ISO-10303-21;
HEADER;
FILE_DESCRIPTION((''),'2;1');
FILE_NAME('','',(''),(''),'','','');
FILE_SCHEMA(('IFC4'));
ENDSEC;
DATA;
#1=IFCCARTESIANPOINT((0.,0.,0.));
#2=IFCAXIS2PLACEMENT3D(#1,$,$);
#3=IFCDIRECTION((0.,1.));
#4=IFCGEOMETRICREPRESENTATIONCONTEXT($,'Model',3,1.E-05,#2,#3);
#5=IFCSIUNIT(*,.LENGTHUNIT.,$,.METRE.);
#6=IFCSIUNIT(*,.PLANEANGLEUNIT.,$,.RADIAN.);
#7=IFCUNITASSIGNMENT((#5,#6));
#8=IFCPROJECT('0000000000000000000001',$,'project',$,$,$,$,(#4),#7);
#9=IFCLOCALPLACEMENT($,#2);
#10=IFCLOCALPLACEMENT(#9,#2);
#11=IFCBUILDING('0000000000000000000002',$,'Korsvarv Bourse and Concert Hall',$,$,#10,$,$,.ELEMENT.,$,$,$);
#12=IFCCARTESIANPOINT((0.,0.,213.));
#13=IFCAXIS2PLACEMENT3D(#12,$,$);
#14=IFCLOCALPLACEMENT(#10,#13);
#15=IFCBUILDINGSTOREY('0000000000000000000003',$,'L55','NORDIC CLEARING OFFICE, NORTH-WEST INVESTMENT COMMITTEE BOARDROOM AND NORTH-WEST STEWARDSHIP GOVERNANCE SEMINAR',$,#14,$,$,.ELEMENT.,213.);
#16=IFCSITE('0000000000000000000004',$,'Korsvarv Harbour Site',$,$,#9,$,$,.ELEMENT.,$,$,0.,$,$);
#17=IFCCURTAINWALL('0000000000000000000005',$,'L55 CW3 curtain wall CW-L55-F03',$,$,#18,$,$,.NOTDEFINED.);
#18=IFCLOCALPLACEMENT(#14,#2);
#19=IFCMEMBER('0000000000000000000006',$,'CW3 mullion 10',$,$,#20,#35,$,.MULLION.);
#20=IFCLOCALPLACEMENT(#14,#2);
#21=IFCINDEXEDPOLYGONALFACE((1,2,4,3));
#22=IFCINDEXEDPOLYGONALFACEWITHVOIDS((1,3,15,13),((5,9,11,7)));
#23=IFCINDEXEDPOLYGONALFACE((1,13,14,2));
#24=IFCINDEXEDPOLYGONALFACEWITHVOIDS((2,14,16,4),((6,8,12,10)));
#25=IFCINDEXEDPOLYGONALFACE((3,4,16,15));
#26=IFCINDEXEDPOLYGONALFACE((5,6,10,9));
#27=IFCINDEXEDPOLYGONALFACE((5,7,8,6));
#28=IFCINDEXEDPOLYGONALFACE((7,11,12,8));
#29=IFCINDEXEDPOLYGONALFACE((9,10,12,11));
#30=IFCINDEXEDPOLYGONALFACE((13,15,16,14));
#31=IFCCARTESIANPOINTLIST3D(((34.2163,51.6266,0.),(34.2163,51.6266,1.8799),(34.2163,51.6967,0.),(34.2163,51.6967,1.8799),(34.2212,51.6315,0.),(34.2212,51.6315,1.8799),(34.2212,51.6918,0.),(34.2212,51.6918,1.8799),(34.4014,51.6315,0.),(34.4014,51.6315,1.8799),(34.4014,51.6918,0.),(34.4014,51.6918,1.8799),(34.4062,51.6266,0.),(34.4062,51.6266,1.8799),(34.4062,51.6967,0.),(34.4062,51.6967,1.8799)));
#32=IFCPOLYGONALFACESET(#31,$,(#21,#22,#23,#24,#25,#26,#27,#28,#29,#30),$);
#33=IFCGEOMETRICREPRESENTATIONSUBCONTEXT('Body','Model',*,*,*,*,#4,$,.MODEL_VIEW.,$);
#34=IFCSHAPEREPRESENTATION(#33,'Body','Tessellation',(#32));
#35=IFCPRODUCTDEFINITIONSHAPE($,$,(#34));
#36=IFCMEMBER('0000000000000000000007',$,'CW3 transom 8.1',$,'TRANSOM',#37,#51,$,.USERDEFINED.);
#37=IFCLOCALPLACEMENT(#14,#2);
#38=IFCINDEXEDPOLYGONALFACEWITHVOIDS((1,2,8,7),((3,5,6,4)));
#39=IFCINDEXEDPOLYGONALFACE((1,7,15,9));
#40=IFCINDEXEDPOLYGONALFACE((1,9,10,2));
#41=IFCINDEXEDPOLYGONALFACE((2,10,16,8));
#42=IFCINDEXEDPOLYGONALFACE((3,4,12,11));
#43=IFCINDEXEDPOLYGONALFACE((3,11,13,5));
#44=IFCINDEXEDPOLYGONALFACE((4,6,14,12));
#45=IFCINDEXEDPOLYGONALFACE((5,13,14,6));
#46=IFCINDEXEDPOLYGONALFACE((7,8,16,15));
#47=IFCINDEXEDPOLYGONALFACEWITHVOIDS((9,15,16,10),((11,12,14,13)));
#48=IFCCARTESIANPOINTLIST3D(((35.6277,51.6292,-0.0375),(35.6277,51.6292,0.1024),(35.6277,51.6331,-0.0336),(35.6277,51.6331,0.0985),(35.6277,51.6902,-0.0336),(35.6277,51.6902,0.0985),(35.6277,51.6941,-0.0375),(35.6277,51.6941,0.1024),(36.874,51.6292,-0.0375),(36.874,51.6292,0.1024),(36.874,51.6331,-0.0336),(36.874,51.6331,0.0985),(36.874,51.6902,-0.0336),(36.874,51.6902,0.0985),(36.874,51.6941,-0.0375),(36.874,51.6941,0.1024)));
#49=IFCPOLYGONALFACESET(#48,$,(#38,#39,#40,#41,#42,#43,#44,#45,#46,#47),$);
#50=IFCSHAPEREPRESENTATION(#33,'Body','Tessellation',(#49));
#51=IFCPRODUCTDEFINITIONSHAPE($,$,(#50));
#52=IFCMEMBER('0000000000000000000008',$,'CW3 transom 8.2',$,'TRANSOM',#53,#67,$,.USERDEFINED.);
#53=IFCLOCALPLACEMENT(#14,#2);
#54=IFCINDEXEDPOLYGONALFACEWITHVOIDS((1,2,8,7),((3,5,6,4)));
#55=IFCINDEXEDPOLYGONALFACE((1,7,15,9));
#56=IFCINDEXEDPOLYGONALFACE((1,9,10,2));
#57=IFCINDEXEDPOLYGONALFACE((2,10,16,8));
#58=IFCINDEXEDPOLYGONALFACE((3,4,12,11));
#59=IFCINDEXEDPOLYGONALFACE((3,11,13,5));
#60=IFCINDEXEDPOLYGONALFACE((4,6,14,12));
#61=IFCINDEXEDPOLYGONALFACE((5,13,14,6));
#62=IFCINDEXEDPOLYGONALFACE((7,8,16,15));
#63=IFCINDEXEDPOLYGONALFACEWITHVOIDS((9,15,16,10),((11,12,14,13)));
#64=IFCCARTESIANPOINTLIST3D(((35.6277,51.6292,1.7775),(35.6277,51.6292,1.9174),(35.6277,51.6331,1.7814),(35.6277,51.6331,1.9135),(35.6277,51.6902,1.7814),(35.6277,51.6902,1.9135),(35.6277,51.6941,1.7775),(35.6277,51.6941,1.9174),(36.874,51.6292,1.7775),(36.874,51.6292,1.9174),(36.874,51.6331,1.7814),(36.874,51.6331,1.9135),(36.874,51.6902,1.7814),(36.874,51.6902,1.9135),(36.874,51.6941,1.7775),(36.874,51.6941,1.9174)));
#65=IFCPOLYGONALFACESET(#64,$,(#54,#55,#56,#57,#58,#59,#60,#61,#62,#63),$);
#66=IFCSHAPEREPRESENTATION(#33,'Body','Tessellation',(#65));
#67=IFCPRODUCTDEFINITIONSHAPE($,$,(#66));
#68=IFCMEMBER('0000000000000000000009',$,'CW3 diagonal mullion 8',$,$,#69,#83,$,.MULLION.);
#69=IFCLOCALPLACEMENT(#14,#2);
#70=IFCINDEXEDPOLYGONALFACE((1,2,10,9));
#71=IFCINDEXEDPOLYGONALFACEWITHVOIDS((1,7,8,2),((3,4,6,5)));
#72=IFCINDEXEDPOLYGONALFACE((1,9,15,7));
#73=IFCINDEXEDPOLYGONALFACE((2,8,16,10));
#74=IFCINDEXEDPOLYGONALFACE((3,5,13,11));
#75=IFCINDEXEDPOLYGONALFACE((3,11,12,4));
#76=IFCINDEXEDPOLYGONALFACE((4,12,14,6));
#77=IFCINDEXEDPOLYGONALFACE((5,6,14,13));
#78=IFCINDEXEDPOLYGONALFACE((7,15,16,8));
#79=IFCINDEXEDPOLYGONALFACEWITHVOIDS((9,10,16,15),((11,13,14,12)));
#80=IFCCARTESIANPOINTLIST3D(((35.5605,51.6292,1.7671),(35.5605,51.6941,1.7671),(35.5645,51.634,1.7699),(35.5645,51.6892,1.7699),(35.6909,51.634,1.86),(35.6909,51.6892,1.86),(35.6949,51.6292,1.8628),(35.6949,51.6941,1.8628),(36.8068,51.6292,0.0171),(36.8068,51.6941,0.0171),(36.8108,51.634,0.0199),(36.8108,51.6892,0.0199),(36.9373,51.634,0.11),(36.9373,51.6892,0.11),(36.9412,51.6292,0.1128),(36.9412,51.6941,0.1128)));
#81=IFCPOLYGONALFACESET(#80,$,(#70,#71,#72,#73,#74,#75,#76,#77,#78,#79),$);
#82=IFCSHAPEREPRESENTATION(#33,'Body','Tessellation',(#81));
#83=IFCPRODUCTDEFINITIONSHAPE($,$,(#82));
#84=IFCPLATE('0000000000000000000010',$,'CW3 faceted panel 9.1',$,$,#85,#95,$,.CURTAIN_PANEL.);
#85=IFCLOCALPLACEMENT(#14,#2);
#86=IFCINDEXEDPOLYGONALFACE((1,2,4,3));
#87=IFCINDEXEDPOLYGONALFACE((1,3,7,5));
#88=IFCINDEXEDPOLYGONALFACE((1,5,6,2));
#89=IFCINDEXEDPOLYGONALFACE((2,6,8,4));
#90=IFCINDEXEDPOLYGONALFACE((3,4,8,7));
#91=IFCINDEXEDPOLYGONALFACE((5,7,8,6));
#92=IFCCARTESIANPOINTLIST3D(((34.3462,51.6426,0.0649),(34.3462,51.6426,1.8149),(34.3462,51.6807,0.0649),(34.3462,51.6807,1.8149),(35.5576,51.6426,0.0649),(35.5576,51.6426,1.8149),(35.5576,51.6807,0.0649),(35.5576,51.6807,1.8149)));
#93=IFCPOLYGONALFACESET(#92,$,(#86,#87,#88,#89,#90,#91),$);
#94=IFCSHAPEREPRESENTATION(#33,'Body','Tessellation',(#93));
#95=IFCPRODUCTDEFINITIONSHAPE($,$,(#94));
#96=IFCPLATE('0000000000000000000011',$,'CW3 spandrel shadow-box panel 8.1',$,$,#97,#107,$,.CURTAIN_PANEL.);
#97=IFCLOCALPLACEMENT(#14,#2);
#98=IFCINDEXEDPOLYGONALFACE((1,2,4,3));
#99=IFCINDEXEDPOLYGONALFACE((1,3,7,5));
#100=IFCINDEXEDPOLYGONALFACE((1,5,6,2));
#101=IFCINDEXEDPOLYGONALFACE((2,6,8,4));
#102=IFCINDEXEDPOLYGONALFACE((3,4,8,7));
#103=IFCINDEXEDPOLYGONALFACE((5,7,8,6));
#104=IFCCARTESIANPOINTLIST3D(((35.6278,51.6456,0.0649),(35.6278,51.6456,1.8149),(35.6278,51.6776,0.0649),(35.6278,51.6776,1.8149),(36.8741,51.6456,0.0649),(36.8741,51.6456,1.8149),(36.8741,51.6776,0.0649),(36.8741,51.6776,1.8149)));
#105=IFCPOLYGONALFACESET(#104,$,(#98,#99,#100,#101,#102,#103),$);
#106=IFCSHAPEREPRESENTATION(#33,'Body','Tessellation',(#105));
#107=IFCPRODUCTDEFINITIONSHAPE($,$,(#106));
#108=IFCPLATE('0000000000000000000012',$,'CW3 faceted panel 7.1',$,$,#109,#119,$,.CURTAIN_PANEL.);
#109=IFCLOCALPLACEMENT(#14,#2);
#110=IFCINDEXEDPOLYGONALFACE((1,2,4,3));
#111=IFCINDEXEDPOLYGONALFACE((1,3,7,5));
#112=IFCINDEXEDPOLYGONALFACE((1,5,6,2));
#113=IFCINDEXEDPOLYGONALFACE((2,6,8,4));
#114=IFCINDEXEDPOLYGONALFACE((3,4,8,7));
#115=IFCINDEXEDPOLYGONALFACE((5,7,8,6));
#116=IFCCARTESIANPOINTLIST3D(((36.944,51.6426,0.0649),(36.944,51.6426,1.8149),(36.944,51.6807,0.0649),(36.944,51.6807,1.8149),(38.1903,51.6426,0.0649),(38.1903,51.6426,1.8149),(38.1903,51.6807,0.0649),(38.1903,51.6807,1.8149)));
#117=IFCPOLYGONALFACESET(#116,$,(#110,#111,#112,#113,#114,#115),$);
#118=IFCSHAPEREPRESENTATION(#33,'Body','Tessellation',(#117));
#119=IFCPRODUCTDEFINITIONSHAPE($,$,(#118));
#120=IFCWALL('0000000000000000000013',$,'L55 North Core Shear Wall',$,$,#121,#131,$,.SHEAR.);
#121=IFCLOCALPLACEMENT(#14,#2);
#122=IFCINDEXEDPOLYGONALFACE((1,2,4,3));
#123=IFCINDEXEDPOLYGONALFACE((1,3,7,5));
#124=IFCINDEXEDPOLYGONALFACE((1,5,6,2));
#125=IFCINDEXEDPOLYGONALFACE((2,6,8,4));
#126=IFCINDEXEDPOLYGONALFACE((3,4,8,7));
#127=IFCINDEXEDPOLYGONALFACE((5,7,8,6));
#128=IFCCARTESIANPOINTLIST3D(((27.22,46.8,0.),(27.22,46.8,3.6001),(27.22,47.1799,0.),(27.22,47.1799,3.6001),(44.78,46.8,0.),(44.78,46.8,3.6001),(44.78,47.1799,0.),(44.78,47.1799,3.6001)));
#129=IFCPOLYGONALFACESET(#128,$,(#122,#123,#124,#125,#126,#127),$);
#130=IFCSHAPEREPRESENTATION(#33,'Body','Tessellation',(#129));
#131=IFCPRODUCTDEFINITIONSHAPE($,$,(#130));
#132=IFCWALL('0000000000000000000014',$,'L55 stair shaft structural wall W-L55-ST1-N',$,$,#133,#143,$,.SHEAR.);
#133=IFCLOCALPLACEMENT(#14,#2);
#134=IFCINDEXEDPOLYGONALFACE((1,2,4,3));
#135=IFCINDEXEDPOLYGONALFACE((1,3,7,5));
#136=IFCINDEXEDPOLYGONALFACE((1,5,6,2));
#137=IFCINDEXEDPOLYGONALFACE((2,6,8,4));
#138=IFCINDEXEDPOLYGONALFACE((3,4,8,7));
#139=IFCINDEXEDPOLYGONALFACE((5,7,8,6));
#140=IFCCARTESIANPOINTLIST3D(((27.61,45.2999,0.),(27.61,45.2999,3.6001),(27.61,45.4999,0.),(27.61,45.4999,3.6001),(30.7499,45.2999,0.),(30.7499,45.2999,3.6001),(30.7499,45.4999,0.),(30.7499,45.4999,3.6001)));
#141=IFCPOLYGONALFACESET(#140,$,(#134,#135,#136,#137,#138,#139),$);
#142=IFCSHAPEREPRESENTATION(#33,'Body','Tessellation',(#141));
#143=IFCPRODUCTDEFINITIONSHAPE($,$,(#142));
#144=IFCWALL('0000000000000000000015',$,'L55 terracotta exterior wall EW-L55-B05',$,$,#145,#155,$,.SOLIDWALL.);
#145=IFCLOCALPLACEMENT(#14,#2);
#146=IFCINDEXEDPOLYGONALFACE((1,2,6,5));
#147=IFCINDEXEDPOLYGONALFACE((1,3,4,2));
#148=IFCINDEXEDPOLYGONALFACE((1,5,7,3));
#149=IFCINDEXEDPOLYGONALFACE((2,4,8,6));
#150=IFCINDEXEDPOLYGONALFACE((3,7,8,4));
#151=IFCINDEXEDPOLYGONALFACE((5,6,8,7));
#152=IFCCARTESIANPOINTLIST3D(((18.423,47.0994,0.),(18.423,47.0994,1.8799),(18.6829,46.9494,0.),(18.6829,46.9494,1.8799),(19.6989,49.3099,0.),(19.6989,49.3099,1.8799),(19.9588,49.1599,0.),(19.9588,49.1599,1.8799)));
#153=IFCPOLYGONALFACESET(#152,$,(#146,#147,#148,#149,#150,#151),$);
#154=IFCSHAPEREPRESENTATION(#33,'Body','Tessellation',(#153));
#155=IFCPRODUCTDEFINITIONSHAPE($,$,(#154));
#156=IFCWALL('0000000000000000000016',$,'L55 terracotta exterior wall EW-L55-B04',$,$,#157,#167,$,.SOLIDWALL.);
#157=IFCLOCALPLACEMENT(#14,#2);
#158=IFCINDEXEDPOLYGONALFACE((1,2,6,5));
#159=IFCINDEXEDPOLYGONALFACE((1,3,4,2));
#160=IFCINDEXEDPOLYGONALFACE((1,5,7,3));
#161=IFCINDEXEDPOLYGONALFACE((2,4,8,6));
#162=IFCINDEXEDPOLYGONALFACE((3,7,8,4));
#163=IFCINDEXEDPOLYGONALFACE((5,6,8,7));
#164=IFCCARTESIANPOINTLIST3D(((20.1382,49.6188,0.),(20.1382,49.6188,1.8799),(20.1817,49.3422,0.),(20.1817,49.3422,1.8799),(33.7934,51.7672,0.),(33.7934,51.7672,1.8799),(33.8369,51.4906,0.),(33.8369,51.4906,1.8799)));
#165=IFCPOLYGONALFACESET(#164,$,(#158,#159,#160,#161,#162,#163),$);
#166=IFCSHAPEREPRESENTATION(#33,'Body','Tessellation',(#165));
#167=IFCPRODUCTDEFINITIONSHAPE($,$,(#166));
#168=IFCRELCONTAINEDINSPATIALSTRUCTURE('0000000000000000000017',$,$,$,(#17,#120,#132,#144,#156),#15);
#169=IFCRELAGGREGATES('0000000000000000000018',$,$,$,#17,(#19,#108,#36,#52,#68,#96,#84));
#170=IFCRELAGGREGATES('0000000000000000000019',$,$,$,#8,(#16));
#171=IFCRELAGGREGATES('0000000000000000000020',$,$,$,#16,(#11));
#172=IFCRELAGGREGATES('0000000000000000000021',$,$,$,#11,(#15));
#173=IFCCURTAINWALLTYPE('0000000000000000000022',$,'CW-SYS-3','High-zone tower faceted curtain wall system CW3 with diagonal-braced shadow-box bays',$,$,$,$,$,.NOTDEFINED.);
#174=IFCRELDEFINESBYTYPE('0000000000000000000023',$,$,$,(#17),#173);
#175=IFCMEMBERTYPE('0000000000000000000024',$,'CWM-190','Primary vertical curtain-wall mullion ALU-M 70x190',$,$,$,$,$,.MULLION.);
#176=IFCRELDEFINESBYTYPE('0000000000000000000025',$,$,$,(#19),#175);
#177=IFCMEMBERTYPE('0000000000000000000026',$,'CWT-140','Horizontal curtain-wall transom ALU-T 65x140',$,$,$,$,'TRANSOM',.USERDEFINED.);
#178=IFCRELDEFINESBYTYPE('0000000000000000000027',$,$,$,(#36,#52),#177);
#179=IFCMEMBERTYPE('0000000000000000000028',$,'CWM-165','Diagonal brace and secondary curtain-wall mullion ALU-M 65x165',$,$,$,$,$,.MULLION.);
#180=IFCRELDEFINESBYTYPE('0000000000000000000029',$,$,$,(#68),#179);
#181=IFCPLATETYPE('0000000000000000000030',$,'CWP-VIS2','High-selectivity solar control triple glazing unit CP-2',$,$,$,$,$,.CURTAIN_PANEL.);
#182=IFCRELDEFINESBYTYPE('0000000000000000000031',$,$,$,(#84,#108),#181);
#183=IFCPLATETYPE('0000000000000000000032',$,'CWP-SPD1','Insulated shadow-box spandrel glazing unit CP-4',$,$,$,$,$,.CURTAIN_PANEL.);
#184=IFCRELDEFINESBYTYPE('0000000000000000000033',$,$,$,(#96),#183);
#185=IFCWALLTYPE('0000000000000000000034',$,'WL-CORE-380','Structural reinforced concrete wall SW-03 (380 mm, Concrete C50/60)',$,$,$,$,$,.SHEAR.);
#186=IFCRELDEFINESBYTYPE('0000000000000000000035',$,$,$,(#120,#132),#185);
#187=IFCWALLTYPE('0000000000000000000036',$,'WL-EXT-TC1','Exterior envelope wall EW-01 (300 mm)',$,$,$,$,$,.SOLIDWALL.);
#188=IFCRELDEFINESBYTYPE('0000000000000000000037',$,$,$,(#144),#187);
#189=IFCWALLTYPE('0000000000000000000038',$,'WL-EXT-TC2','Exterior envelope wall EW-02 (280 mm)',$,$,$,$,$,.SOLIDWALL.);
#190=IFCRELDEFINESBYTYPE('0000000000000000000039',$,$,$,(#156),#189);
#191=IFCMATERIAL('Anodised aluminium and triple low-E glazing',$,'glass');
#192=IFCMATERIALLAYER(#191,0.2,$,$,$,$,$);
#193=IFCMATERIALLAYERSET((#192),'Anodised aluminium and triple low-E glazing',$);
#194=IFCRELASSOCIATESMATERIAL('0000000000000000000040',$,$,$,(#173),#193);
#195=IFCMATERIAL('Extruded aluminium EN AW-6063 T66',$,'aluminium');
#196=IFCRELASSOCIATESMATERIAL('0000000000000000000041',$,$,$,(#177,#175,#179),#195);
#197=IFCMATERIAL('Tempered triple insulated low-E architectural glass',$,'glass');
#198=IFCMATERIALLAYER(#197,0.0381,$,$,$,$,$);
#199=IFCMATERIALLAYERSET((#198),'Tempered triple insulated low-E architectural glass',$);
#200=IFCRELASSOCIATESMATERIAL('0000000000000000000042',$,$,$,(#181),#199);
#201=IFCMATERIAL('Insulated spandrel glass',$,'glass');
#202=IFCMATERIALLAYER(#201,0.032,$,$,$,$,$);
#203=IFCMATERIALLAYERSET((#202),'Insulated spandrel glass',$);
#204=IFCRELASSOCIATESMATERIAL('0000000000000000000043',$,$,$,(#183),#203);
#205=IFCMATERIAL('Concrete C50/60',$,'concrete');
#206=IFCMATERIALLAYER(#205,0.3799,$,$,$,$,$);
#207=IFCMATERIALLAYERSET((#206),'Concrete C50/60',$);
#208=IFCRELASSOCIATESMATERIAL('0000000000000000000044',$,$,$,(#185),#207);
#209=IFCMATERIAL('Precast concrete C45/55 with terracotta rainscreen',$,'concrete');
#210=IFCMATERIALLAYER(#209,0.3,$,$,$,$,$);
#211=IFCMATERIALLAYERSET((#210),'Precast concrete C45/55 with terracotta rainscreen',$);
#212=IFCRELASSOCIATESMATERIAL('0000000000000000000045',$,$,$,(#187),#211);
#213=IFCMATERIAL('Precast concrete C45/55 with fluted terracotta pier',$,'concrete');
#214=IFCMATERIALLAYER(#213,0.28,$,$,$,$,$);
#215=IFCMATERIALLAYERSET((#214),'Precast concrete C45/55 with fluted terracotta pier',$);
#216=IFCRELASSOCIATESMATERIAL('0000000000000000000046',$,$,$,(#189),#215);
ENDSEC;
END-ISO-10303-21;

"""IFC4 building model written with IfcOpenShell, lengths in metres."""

from ifc_helpers import new_model, si_unit, direction, frame, frame_2d, origin, origin_2d, place, context, subcontext, project, spatial, rectangle, hollow_rectangle, extrude, source, transform, mapped, material, layer, layer_set, material_profile, profile_set, type_object, element, aggregate, save


model = new_model("IFC4")

# Units and contexts
model_context = context("Model", 3, precision=1e-05, world=origin(), true_north=direction((0.0, 1.0)))
body_context = subcontext(model_context, "Body", "Model", "MODEL_VIEW")
ifc_project = project(units=[si_unit("LENGTHUNIT", "METRE"), si_unit("PLANEANGLEUNIT", "RADIAN")], contexts=[model_context])

# Site, building, storey
site_placement = place(None, origin())
site = spatial("IfcSite", under=ifc_project, at=site_placement, Name="Korsvarv Harbour Site", CompositionType="ELEMENT", RefElevation=0.0)
building_placement = place(site_placement, origin())
building = spatial("IfcBuilding", under=site, at=building_placement, Name="Korsvarv Bourse and Concert Hall", CompositionType="ELEMENT")
storey_placement = place(building_placement, frame((0.0, 0.0, 213.0)))
storey = spatial("IfcBuildingStorey", under=building, at=storey_placement, Name="L55", Description="NORDIC CLEARING OFFICE, NORTH-WEST INVESTMENT COMMITTEE BOARDROOM AND NORTH-WEST STEWARDSHIP GOVERNANCE SEMINAR", CompositionType="ELEMENT", Elevation=213.0)

# Shared definitions
ifc_material_1 = material(Name="Concrete C50/60", Category="concrete")

# Curtain wall, members, plates
ifc_material_2 = material(Name="Anodised aluminium and triple low-E glazing", Category="glass")
ifc_layer_1 = layer(ifc_material_2, 0.2)
ifc_layer_set_1 = layer_set([ifc_layer_1], Name="Anodised aluminium and triple low-E glazing")
curtain_wall_type = type_object("IfcCurtainWallType", Name="CW-SYS-3", Description="High-zone tower faceted curtain wall system CW3 with diagonal-braced shadow-box bays", PredefinedType="NOTDEFINED", material=ifc_layer_set_1)
curtain_wall_placement = place(storey_placement, origin())
curtain_wall = element("IfcCurtainWall", 1, at=curtain_wall_placement, inside=storey, type_object=curtain_wall_type, Name="L55 CW3 curtain wall CW-L55-F03", PredefinedType="NOTDEFINED")
ifc_material_3 = material(Name="Extruded aluminium EN AW-6063 T66", Category="aluminium")
ifc_material_profile_1 = material_profile(ifc_material_3, hollow_rectangle(XDim=0.0649, YDim=0.1399, WallThickness=0.0039, at=origin_2d()), Name="ALU-T 65x140")
ifc_profile_set_1 = profile_set([ifc_material_profile_1], Name="Extruded aluminium EN AW-6063 T66")
member_type_1 = type_object("IfcMemberType", Name="CWT-140", Description="Horizontal curtain-wall transom ALU-T 65x140", ElementType="TRANSOM", PredefinedType="USERDEFINED", material=ifc_profile_set_1)
ifc_material_profile_2 = material_profile(ifc_material_3, hollow_rectangle(XDim=0.0701, YDim=0.1899, WallThickness=0.0049, at=origin_2d()), Name="ALU-M 70x190")
ifc_profile_set_2 = profile_set([ifc_material_profile_2], Name="Extruded aluminium EN AW-6063 T66")
member_type_2 = type_object("IfcMemberType", Name="CWM-190", Description="Primary vertical curtain-wall mullion ALU-M 70x190", PredefinedType="MULLION", material=ifc_profile_set_2)
shared_shape_1 = source(origin(), body_context, "Body", "SweptSolid", [
    extrude(hollow_rectangle(XDim=0.0701, YDim=0.1899, WallThickness=0.0049, at=origin_2d()), origin(), (0.0, 0.0, 1.0), 1.8799),
])
member_1_placement = place(storey_placement, frame((34.3113, 51.6616, 0.0), z_axis=(0.0, 0.0, 1.0), x_axis=(0.0, -1.0, 0.0)))
member_1 = element("IfcMember", 2, at=member_1_placement, type_object=member_type_2, Name="CW3 mullion 10", PredefinedType="MULLION", context=body_context, shape_type="MappedRepresentation", body=[
    mapped(shared_shape_1, transform((0.0, 0.0, 0.0), scale=1.0)),
])
shared_shape_2 = source(origin(), body_context, "Body", "SweptSolid", [
    extrude(hollow_rectangle(XDim=0.0649, YDim=0.1399, WallThickness=0.0039, at=origin_2d()), origin(), (0.0, 0.0, 1.0), 1.2463),
])
member_2_placement = place(storey_placement, frame((36.874, 51.6616, 0.0325), z_axis=(-1.0, 0.0, 0.0), x_axis=(0.0, -1.0, 0.0)))
member_2 = element("IfcMember", 3, at=member_2_placement, type_object=member_type_1, Name="CW3 transom 8.1", ObjectType="TRANSOM", PredefinedType="USERDEFINED", context=body_context, shape_type="MappedRepresentation", body=[
    mapped(shared_shape_2, transform((0.0, 0.0, 0.0), scale=1.0)),
])
member_3_placement = place(storey_placement, frame((36.874, 51.6616, 1.8474), z_axis=(-1.0, 0.0, 0.0), x_axis=(0.0, -1.0, 0.0)))
member_3 = element("IfcMember", 4, at=member_3_placement, type_object=member_type_1, Name="CW3 transom 8.2", ObjectType="TRANSOM", PredefinedType="USERDEFINED", context=body_context, shape_type="MappedRepresentation", body=[
    mapped(shared_shape_2, transform((0.0, 0.0, 0.0), scale=1.0)),
])
ifc_material_profile_3 = material_profile(ifc_material_3, hollow_rectangle(XDim=0.0649, YDim=0.165, WallThickness=0.0049, at=origin_2d()), Name="ALU-M 65x165")
ifc_profile_set_3 = profile_set([ifc_material_profile_3], Name="Extruded aluminium EN AW-6063 T66")
member_type_3 = type_object("IfcMemberType", Name="CWM-165", Description="Diagonal brace and secondary curtain-wall mullion ALU-M 65x165", PredefinedType="MULLION", material=ifc_profile_set_3)
shared_shape_3 = source(origin(), body_context, "Body", "SweptSolid", [
    extrude(hollow_rectangle(XDim=0.0649, YDim=0.165, WallThickness=0.0049, at=origin_2d()), origin(), (0.0, 0.0, 1.0), 2.1484),
])
member_4_placement = place(storey_placement, frame((36.874, 51.6616, 0.0649), z_axis=(-0.580109, 0.0, 0.814539), x_axis=(0.0, -1.0, 0.0)))
member_4 = element("IfcMember", 5, at=member_4_placement, type_object=member_type_3, Name="CW3 diagonal mullion 8", PredefinedType="MULLION", context=body_context, shape_type="MappedRepresentation", body=[
    mapped(shared_shape_3, transform((0.0, 0.0, 0.0), scale=1.0)),
])
ifc_material_4 = material(Name="Tempered triple insulated low-E architectural glass", Category="glass")
ifc_layer_2 = layer(ifc_material_4, 0.0381)
ifc_layer_set_2 = layer_set([ifc_layer_2], Name="Tempered triple insulated low-E architectural glass")
plate_type_1 = type_object("IfcPlateType", Name="CWP-VIS2", Description="High-selectivity solar control triple glazing unit CP-2", PredefinedType="CURTAIN_PANEL", material=ifc_layer_set_2)
shared_shape_4 = source(origin(), body_context, "Body", "SweptSolid", [
    extrude(rectangle(XDim=1.2114, YDim=0.0381, at=origin_2d()), origin(), (0.0, 0.0, 1.0), 1.75),
])
plate_1_placement = place(storey_placement, frame((34.9519, 51.6616, 0.0649), z_axis=(0.0, 0.0, 1.0), x_axis=(-1.0, 0.0, 0.0)))
plate_1 = element("IfcPlate", 6, at=plate_1_placement, type_object=plate_type_1, Name="CW3 faceted panel 9.1", PredefinedType="CURTAIN_PANEL", context=body_context, shape_type="MappedRepresentation", body=[
    mapped(shared_shape_4, transform((0.0, 0.0, 0.0), scale=1.0)),
])
ifc_material_5 = material(Name="Insulated spandrel glass", Category="glass")
ifc_layer_3 = layer(ifc_material_5, 0.032)
ifc_layer_set_3 = layer_set([ifc_layer_3], Name="Insulated spandrel glass")
plate_type_2 = type_object("IfcPlateType", Name="CWP-SPD1", Description="Insulated shadow-box spandrel glazing unit CP-4", PredefinedType="CURTAIN_PANEL", material=ifc_layer_set_3)
shared_shape_5 = source(origin(), body_context, "Body", "SweptSolid", [
    extrude(rectangle(XDim=1.2463, YDim=0.032, at=origin_2d()), origin(), (0.0, 0.0, 1.0), 1.75),
])
plate_2_placement = place(storey_placement, frame((36.251, 51.6616, 0.0649), z_axis=(0.0, 0.0, 1.0), x_axis=(-1.0, 0.0, 0.0)))
plate_2 = element("IfcPlate", 7, at=plate_2_placement, type_object=plate_type_2, Name="CW3 spandrel shadow-box panel 8.1", PredefinedType="CURTAIN_PANEL", context=body_context, shape_type="MappedRepresentation", body=[
    mapped(shared_shape_5, transform((0.0, 0.0, 0.0), scale=1.0)),
])
shared_shape_6 = source(origin(), body_context, "Body", "SweptSolid", [
    extrude(rectangle(XDim=1.2463, YDim=0.0381, at=origin_2d()), origin(), (0.0, 0.0, 1.0), 1.75),
])
plate_3_placement = place(storey_placement, frame((37.5671, 51.6616, 0.0649), z_axis=(0.0, 0.0, 1.0), x_axis=(-1.0, 0.0, 0.0)))
plate_3 = element("IfcPlate", 8, at=plate_3_placement, type_object=plate_type_1, Name="CW3 faceted panel 7.1", PredefinedType="CURTAIN_PANEL", context=body_context, shape_type="MappedRepresentation", body=[
    mapped(shared_shape_6, transform((0.0, 0.0, 0.0), scale=1.0)),
])
aggregate(curtain_wall, [member_1, plate_3, member_2, member_3, member_4, plate_2, plate_1])

# Walls
ifc_layer_4 = layer(ifc_material_1, 0.3799)
ifc_layer_set_4 = layer_set([ifc_layer_4], Name="Concrete C50/60")
wall_type_1 = type_object("IfcWallType", Name="WL-CORE-380", Description="Structural reinforced concrete wall SW-03 (380 mm, Concrete C50/60)", PredefinedType="SHEAR", material=ifc_layer_set_4)
wall_1_placement = place(storey_placement, frame((27.22, 46.99, 0.0), z_axis=(0.0, 0.0, 1.0), x_axis=(1.0, 0.0, 0.0)))
element("IfcWall", 9, at=wall_1_placement, inside=storey, type_object=wall_type_1, Name="L55 North Core Shear Wall", PredefinedType="SHEAR", context=body_context, shape_type="SweptSolid", body=[
    extrude(rectangle(XDim=17.5601, YDim=0.3799, at=frame_2d((8.78, 0.0))), origin(), (0.0, 0.0, 1.0), 3.6001),
])
wall_2_placement = place(storey_placement, frame((27.6101, 45.3999, 0.0), z_axis=(0.0, 0.0, 1.0), x_axis=(1.0, 0.0, 0.0)))
element("IfcWall", 10, at=wall_2_placement, inside=storey, type_object=wall_type_1, Name="L55 stair shaft structural wall W-L55-ST1-N", PredefinedType="SHEAR", context=body_context, shape_type="SweptSolid", body=[
    extrude(rectangle(XDim=3.1399, YDim=0.2, at=frame_2d((1.5698, 0.0))), origin(), (0.0, 0.0, 1.0), 3.6001),
])
ifc_material_6 = material(Name="Precast concrete C45/55 with terracotta rainscreen", Category="concrete")
ifc_layer_5 = layer(ifc_material_6, 0.3)
ifc_layer_set_5 = layer_set([ifc_layer_5], Name="Precast concrete C45/55 with terracotta rainscreen")
wall_type_2 = type_object("IfcWallType", Name="WL-EXT-TC1", Description="Exterior envelope wall EW-01 (300 mm)", PredefinedType="SOLIDWALL", material=ifc_layer_set_5)
wall_3_placement = place(storey_placement, frame((19.8289, 49.2349, 0.0), z_axis=(0.0, 0.0, 1.0), x_axis=(-0.499905, -0.86608, 0.0)))
element("IfcWall", 11, at=wall_3_placement, inside=storey, type_object=wall_type_2, Name="L55 terracotta exterior wall EW-L55-B05", PredefinedType="SOLIDWALL", context=body_context, shape_type="SweptSolid", body=[
    extrude(rectangle(XDim=2.5522, YDim=0.3, at=frame_2d((1.2761, 0.0))), origin(), (0.0, 0.0, 1.0), 1.8799),
])
ifc_material_7 = material(Name="Precast concrete C45/55 with fluted terracotta pier", Category="concrete")
ifc_layer_6 = layer(ifc_material_7, 0.28)
ifc_layer_set_6 = layer_set([ifc_layer_6], Name="Precast concrete C45/55 with fluted terracotta pier")
wall_type_3 = type_object("IfcWallType", Name="WL-EXT-TC2", Description="Exterior envelope wall EW-02 (280 mm)", PredefinedType="SOLIDWALL", material=ifc_layer_set_6)
wall_4_placement = place(storey_placement, frame((33.8152, 51.6289, 0.0), z_axis=(0.0, 0.0, 1.0), x_axis=(-0.987848, -0.155422, 0.0)))
element("IfcWall", 12, at=wall_4_placement, inside=storey, type_object=wall_type_3, Name="L55 terracotta exterior wall EW-L55-B04", PredefinedType="SOLIDWALL", context=body_context, shape_type="SweptSolid", body=[
    extrude(rectangle(XDim=13.8232, YDim=0.28, at=frame_2d((6.9116, 0.0))), origin(), (0.0, 0.0, 1.0), 1.8799),
])

save(model, "model.ifc")
